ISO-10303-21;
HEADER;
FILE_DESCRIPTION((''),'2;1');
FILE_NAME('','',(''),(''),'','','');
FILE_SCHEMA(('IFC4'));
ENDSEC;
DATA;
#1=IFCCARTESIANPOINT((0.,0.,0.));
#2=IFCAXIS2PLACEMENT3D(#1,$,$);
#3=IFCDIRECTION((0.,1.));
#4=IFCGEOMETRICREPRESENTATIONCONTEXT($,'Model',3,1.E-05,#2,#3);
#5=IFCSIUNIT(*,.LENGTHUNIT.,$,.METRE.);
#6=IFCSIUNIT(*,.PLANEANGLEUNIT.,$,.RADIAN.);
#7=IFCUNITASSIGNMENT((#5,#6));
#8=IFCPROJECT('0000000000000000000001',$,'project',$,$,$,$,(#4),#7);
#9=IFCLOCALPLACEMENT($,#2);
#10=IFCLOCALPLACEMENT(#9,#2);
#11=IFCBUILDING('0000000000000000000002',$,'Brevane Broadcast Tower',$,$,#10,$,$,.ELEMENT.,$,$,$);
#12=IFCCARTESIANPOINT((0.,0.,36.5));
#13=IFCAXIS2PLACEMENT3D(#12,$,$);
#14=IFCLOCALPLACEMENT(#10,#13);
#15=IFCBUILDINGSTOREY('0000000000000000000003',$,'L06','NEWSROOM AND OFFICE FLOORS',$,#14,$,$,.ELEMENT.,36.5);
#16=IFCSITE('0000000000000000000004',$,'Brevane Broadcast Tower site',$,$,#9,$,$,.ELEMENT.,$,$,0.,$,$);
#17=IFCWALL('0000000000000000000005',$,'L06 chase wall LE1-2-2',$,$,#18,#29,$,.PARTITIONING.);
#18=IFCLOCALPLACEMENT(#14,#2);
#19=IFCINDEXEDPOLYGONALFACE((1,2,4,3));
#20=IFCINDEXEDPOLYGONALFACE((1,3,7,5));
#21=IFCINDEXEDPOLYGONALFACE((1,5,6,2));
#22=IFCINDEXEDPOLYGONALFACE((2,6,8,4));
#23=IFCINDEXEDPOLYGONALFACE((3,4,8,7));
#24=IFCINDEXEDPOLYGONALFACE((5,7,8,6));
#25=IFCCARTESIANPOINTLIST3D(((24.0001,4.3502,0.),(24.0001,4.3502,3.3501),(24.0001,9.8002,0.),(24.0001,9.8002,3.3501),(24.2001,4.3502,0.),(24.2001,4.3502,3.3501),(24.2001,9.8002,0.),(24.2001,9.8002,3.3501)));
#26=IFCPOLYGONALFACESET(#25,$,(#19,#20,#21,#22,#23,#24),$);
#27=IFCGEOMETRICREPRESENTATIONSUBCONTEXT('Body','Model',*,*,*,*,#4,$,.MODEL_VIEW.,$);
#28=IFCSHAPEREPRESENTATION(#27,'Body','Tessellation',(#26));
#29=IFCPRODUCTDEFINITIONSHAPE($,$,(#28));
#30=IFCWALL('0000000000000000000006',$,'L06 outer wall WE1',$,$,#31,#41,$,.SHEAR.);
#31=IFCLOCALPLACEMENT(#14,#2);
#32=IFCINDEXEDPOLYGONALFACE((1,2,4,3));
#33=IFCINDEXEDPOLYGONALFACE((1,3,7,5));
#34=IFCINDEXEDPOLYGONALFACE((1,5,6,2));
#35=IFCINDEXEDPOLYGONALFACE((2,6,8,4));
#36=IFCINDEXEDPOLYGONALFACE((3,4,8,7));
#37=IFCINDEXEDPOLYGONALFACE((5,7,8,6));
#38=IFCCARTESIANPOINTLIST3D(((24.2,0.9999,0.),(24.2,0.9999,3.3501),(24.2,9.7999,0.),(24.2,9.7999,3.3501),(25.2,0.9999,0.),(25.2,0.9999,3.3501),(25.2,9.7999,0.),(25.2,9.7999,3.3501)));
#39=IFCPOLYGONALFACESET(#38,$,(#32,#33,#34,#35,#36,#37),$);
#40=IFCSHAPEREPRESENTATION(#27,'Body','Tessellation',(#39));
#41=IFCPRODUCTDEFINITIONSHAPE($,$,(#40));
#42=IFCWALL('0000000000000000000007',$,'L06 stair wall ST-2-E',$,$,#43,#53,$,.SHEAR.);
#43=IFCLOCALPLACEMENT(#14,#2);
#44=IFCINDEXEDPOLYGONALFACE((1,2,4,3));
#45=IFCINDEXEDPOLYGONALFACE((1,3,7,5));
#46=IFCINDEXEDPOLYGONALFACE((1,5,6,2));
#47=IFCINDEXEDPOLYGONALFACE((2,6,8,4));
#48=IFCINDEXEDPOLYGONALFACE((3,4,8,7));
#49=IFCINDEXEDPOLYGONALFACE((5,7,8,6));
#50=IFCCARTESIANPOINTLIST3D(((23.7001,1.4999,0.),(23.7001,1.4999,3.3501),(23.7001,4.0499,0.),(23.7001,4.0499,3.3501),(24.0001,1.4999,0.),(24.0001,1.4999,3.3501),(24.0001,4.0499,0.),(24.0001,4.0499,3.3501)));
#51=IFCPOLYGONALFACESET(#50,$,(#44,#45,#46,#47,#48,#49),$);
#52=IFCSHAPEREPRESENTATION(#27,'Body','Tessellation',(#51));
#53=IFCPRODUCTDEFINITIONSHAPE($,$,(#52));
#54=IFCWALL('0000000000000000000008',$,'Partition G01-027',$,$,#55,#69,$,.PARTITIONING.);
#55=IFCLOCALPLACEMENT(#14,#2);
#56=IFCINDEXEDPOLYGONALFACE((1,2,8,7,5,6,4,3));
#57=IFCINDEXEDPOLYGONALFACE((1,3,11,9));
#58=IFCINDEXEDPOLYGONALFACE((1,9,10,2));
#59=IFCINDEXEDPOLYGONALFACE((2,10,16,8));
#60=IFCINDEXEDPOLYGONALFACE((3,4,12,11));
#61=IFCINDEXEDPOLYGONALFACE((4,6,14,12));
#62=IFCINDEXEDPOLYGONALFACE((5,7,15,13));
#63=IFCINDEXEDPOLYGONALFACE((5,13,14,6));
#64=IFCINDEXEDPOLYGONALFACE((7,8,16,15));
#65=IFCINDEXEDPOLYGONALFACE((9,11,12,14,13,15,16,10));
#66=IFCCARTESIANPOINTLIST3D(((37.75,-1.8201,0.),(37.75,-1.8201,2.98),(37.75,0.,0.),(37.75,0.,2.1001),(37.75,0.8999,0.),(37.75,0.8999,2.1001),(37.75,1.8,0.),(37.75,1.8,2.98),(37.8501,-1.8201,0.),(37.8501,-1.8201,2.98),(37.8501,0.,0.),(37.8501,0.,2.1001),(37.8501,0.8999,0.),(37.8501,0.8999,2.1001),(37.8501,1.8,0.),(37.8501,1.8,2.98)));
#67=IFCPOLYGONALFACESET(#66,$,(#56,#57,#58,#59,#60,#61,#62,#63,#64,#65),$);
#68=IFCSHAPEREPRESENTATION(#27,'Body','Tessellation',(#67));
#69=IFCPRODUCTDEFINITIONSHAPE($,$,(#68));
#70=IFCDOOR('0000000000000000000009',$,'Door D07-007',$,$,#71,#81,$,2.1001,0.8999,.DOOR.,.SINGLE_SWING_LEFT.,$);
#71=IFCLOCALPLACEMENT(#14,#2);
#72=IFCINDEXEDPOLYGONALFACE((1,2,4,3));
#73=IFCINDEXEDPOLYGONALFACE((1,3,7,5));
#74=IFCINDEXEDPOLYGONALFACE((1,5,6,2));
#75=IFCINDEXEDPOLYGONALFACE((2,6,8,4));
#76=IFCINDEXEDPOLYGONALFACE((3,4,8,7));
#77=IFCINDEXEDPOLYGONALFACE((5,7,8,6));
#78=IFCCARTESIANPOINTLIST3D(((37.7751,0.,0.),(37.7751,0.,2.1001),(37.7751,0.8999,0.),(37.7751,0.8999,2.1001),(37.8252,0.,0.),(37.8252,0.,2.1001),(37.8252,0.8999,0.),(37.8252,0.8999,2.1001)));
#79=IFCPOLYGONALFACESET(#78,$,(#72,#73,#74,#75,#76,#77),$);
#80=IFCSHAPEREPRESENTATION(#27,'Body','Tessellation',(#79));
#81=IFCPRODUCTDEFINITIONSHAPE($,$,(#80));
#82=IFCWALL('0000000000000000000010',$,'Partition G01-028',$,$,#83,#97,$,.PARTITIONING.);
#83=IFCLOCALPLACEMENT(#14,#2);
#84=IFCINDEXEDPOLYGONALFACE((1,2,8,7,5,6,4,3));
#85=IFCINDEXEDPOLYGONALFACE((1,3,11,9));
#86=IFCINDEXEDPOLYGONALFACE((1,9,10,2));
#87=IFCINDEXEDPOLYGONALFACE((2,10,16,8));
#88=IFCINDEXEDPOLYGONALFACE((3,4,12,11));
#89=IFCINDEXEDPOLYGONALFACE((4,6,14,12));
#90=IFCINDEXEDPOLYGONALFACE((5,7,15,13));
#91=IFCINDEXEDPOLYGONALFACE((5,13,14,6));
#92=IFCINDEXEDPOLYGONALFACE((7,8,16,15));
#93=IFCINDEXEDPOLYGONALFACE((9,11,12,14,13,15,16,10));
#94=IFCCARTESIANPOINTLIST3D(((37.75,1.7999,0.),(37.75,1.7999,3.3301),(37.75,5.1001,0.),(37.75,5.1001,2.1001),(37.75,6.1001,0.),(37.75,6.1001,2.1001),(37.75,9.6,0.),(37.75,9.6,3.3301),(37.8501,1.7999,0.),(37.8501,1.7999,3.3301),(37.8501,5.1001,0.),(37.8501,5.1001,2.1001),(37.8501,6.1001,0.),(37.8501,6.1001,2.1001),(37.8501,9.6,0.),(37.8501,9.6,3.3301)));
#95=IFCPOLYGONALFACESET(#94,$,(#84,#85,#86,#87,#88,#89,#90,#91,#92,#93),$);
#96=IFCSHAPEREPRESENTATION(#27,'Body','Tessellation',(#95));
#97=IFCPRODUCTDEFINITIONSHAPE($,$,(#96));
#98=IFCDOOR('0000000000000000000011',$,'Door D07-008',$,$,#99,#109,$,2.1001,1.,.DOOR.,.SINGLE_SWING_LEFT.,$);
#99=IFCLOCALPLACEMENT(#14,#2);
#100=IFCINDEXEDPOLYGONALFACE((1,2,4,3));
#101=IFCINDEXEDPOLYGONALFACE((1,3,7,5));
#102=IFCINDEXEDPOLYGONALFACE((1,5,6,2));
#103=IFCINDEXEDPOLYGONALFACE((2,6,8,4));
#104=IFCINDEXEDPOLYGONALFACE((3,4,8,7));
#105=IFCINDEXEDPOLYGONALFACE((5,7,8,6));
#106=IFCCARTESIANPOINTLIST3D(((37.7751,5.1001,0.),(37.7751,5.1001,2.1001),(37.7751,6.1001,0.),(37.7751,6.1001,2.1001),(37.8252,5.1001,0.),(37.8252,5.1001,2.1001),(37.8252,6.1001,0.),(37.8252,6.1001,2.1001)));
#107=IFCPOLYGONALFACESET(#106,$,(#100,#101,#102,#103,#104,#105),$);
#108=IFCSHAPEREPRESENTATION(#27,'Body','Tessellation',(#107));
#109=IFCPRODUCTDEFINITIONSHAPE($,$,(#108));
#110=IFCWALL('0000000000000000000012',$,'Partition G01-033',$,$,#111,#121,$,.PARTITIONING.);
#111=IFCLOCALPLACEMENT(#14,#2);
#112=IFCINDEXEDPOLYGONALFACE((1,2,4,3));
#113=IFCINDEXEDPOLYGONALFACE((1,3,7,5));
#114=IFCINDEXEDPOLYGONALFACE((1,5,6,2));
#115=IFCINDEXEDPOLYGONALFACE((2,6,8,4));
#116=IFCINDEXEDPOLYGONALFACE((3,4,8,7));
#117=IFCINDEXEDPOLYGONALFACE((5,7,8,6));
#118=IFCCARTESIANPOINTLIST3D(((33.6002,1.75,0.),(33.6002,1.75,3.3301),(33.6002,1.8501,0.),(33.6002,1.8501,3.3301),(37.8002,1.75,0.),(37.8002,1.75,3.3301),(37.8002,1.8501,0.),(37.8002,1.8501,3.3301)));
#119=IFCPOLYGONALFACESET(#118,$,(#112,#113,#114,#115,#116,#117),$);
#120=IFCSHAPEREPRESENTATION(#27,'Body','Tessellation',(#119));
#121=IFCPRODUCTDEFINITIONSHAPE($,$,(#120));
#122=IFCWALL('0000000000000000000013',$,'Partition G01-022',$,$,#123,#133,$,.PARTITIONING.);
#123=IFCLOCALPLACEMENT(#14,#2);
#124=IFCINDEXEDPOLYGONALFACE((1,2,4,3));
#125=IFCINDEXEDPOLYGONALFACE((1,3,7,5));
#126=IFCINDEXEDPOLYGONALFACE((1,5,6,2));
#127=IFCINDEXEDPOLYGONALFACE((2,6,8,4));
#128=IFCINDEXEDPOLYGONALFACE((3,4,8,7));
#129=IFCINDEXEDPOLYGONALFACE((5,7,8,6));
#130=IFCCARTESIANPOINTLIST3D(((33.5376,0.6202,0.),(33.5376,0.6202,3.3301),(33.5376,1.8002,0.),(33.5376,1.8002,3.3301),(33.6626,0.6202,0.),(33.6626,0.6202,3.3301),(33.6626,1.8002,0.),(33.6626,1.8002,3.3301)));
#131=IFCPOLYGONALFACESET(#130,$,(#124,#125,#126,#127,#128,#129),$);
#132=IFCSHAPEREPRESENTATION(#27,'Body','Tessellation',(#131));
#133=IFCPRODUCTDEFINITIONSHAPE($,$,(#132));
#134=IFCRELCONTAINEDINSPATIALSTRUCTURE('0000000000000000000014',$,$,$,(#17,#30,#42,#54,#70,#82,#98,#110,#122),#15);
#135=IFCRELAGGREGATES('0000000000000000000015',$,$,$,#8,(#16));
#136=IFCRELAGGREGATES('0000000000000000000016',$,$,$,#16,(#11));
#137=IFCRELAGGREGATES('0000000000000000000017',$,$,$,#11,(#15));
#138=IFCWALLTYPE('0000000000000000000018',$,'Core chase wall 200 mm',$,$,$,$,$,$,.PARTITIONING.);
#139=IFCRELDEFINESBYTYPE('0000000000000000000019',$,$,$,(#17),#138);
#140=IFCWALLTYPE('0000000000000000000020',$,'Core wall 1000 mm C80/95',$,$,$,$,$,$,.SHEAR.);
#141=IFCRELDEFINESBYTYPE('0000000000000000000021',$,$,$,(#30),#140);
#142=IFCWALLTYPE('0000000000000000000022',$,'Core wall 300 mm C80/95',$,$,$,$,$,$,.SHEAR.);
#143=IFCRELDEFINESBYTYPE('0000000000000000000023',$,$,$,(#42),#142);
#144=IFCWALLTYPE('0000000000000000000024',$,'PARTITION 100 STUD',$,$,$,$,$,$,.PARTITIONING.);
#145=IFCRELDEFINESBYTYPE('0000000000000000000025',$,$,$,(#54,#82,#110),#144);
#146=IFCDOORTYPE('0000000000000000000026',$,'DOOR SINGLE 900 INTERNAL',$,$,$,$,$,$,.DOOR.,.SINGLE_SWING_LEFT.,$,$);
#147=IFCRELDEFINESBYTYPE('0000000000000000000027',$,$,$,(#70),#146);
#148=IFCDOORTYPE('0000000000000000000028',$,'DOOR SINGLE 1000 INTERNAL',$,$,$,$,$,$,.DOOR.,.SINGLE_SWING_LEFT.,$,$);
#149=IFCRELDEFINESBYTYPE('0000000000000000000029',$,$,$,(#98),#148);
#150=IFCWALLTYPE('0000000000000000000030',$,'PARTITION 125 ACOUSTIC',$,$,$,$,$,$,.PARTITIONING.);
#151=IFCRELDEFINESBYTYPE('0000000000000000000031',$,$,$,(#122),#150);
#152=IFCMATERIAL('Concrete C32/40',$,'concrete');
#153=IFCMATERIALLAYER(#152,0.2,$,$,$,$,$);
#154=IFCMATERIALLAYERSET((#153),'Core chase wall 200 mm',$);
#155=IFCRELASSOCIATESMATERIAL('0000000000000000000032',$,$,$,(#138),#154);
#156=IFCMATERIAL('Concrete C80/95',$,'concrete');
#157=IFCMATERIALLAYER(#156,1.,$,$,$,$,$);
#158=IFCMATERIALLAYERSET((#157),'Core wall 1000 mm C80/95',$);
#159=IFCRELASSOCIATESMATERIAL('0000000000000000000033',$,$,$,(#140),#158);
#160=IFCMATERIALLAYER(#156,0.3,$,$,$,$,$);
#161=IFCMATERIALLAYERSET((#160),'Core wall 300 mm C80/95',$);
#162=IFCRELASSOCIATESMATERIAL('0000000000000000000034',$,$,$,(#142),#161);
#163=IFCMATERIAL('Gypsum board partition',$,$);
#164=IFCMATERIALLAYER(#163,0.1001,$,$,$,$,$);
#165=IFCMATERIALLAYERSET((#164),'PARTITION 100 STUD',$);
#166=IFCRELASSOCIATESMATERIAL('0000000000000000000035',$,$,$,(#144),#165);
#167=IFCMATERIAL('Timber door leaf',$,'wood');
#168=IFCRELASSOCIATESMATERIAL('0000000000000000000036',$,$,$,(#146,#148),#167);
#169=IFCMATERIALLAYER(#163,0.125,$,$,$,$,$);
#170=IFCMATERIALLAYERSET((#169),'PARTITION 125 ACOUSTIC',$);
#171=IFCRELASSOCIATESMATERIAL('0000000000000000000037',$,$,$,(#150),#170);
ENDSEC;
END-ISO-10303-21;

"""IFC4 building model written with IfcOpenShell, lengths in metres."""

from ifc_helpers import new_model, si_unit, direction, frame, frame_2d, origin, place, context, subcontext, project, spatial, rectangle, extrude, material, layer, layer_set, type_object, element, fill, save


model = new_model("IFC4")

# Units and contexts
model_context = context("Model", 3, precision=1e-05, world=origin(), true_north=direction((0.0, 1.0)))
body_context = subcontext(model_context, "Body", "Model", "MODEL_VIEW")
ifc_project = project(units=[si_unit("LENGTHUNIT", "METRE"), si_unit("PLANEANGLEUNIT", "RADIAN")], contexts=[model_context])

# Site, building, storey
site_placement = place(None, origin())
site = spatial("IfcSite", under=ifc_project, at=site_placement, Name="Brevane Broadcast Tower site", CompositionType="ELEMENT", RefElevation=0.0)
building_placement = place(site_placement, origin())
building = spatial("IfcBuilding", under=site, at=building_placement, Name="Brevane Broadcast Tower", CompositionType="ELEMENT")
storey_placement = place(building_placement, frame((0.0, 0.0, 36.5)))
storey = spatial("IfcBuildingStorey", under=building, at=storey_placement, Name="L06", Description="NEWSROOM AND OFFICE FLOORS", CompositionType="ELEMENT", Elevation=36.5)

# Shared definitions
ifc_material_1 = material(Name="Concrete C80/95", Category="concrete")

# Walls
ifc_material_2 = material(Name="Concrete C32/40", Category="concrete")
ifc_layer_1 = layer(ifc_material_2, 0.2)
ifc_layer_set_1 = layer_set([ifc_layer_1], Name="Core chase wall 200 mm")
wall_type_1 = type_object("IfcWallType", Name="Core chase wall 200 mm", PredefinedType="PARTITIONING", material=ifc_layer_set_1)
wall_1_placement = place(storey_placement, frame((24.1001, 4.3501, 0.0), z_axis=(0.0, 0.0, 1.0), x_axis=(0.0, 1.0, 0.0)))
element("IfcWall", 1, at=wall_1_placement, inside=storey, type_object=wall_type_1, Name="L06 chase wall LE1-2-2", PredefinedType="PARTITIONING", context=body_context, shape_type="SweptSolid", body=[
    extrude(rectangle(XDim=5.45, YDim=0.2, at=frame_2d((2.7251, 0.0))), origin(), (0.0, 0.0, 1.0), 3.3501),
])
ifc_layer_2 = layer(ifc_material_1, 1.0)
ifc_layer_set_2 = layer_set([ifc_layer_2], Name="Core wall 1000 mm C80/95")
wall_type_2 = type_object("IfcWallType", Name="Core wall 1000 mm C80/95", PredefinedType="SHEAR", material=ifc_layer_set_2)
wall_2_placement = place(storey_placement, frame((24.7, 1.0, 0.0), z_axis=(0.0, 0.0, 1.0), x_axis=(0.0, 1.0, 0.0)))
element("IfcWall", 2, at=wall_2_placement, inside=storey, type_object=wall_type_2, Name="L06 outer wall WE1", PredefinedType="SHEAR", context=body_context, shape_type="SweptSolid", body=[
    extrude(rectangle(XDim=8.8, YDim=1.0, at=frame_2d((4.3999, 0.0))), origin(), (0.0, 0.0, 1.0), 3.3501),
])
ifc_layer_3 = layer(ifc_material_1, 0.3)
ifc_layer_set_3 = layer_set([ifc_layer_3], Name="Core wall 300 mm C80/95")
wall_type_3 = type_object("IfcWallType", Name="Core wall 300 mm C80/95", PredefinedType="SHEAR", material=ifc_layer_set_3)
wall_3_placement = place(storey_placement, frame((23.8501, 1.5, 0.0), z_axis=(0.0, 0.0, 1.0), x_axis=(0.0, 1.0, 0.0)))
element("IfcWall", 3, at=wall_3_placement, inside=storey, type_object=wall_type_3, Name="L06 stair wall ST-2-E", PredefinedType="SHEAR", context=body_context, shape_type="SweptSolid", body=[
    extrude(rectangle(XDim=2.55, YDim=0.3, at=frame_2d((1.2749, 0.0))), origin(), (0.0, 0.0, 1.0), 3.3501),
])

# Walls, openings, doors
ifc_material_3 = material(Name="Gypsum board partition")
ifc_layer_4 = layer(ifc_material_3, 0.1001)
ifc_layer_set_4 = layer_set([ifc_layer_4], Name="PARTITION 100 STUD")
wall_type_4 = type_object("IfcWallType", Name="PARTITION 100 STUD", PredefinedType="PARTITIONING", material=ifc_layer_set_4)
wall_4_placement = place(storey_placement, frame((37.8, -1.8201, 0.0), z_axis=(0.0, 0.0, 1.0), x_axis=(0.0, 1.0, 0.0)))
wall_4 = element("IfcWall", 4, at=wall_4_placement, inside=storey, type_object=wall_type_4, Name="Partition G01-027", PredefinedType="PARTITIONING", context=body_context, shape_type="SweptSolid", body=[
    extrude(rectangle(XDim=3.6201, YDim=0.1001, at=frame_2d((1.8101, 0.0))), origin(), (0.0, 0.0, 1.0), 2.98),
])
opening_1_placement = place(wall_4_placement, frame((1.8201, 0.0, 0.0)))
opening_1 = element("IfcOpeningElement", 5, at=opening_1_placement, cuts=wall_4, PredefinedType="OPENING", context=body_context, shape_type="SweptSolid", body=[
    extrude(rectangle(XDim=0.8999, YDim=2.1001, at=frame_2d((0.45, 1.05))), frame((0.0, 0.0601, 0.0), z_axis=(0.0, -1.0, 0.0), x_axis=(1.0, 0.0, 0.0)), (0.0, 0.0, 1.0), 0.1201),
])
ifc_material_4 = material(Name="Timber door leaf", Category="wood")
door_type_1 = type_object("IfcDoorType", Name="DOOR SINGLE 900 INTERNAL", OperationType="SINGLE_SWING_LEFT", PredefinedType="DOOR", material=ifc_material_4)
door_1_placement = place(opening_1_placement, origin())
door_1 = element("IfcDoor", 6, at=door_1_placement, inside=storey, type_object=door_type_1, Name="Door D07-007", OperationType="SINGLE_SWING_LEFT", OverallHeight=2.1001, OverallWidth=0.8999, PredefinedType="DOOR", context=body_context, shape_type="SweptSolid", body=[
    extrude(rectangle(XDim=0.8999, YDim=2.1001, at=frame_2d((0.45, 1.05))), frame((0.0, 0.0249, 0.0), z_axis=(0.0, -1.0, 0.0), x_axis=(1.0, 0.0, 0.0)), (0.0, 0.0, 1.0), 0.05),
])
fill(opening_1, door_1)
wall_5_placement = place(storey_placement, frame((37.8, 1.8, 0.0), z_axis=(0.0, 0.0, 1.0), x_axis=(0.0, 1.0, 0.0)))
wall_5 = element("IfcWall", 7, at=wall_5_placement, inside=storey, type_object=wall_type_4, Name="Partition G01-028", PredefinedType="PARTITIONING", context=body_context, shape_type="SweptSolid", body=[
    extrude(rectangle(XDim=7.8, YDim=0.1001, at=frame_2d((3.8999, 0.0))), origin(), (0.0, 0.0, 1.0), 3.3301),
])
opening_2_placement = place(wall_5_placement, frame((3.3, 0.0, 0.0)))
opening_2 = element("IfcOpeningElement", 8, at=opening_2_placement, cuts=wall_5, PredefinedType="OPENING", context=body_context, shape_type="SweptSolid", body=[
    extrude(rectangle(XDim=1.0, YDim=2.1001, at=frame_2d((0.5, 1.05))), frame((0.0, 0.0601, 0.0), z_axis=(0.0, -1.0, 0.0), x_axis=(1.0, 0.0, 0.0)), (0.0, 0.0, 1.0), 0.1201),
])
door_type_2 = type_object("IfcDoorType", Name="DOOR SINGLE 1000 INTERNAL", OperationType="SINGLE_SWING_LEFT", PredefinedType="DOOR", material=ifc_material_4)
door_2_placement = place(opening_2_placement, origin())
door_2 = element("IfcDoor", 9, at=door_2_placement, inside=storey, type_object=door_type_2, Name="Door D07-008", OperationType="SINGLE_SWING_LEFT", OverallHeight=2.1001, OverallWidth=1.0, PredefinedType="DOOR", context=body_context, shape_type="SweptSolid", body=[
    extrude(rectangle(XDim=1.0, YDim=2.1001, at=frame_2d((0.5, 1.05))), frame((0.0, 0.0249, 0.0), z_axis=(0.0, -1.0, 0.0), x_axis=(1.0, 0.0, 0.0)), (0.0, 0.0, 1.0), 0.05),
])
fill(opening_2, door_2)

# Walls
wall_6_placement = place(storey_placement, frame((33.6001, 1.8, 0.0), z_axis=(0.0, 0.0, 1.0), x_axis=(1.0, 0.0, 0.0)))
element("IfcWall", 10, at=wall_6_placement, inside=storey, type_object=wall_type_4, Name="Partition G01-033", PredefinedType="PARTITIONING", context=body_context, shape_type="SweptSolid", body=[
    extrude(rectangle(XDim=4.2, YDim=0.1001, at=frame_2d((2.1001, 0.0))), origin(), (0.0, 0.0, 1.0), 3.3301),
])
ifc_layer_5 = layer(ifc_material_3, 0.125)
ifc_layer_set_5 = layer_set([ifc_layer_5], Name="PARTITION 125 ACOUSTIC")
wall_type_5 = type_object("IfcWallType", Name="PARTITION 125 ACOUSTIC", PredefinedType="PARTITIONING", material=ifc_layer_set_5)
wall_7_placement = place(storey_placement, frame((33.6001, 1.8, 0.0), z_axis=(0.0, 0.0, 1.0), x_axis=(0.0, -1.0, 0.0)))
element("IfcWall", 11, at=wall_7_placement, inside=storey, type_object=wall_type_5, Name="Partition G01-022", PredefinedType="PARTITIONING", context=body_context, shape_type="SweptSolid", body=[
    extrude(rectangle(XDim=1.1799, YDim=0.125, at=frame_2d((0.5898, 0.0))), origin(), (0.0, 0.0, 1.0), 3.3301),
])

save(model, "model.ifc")
